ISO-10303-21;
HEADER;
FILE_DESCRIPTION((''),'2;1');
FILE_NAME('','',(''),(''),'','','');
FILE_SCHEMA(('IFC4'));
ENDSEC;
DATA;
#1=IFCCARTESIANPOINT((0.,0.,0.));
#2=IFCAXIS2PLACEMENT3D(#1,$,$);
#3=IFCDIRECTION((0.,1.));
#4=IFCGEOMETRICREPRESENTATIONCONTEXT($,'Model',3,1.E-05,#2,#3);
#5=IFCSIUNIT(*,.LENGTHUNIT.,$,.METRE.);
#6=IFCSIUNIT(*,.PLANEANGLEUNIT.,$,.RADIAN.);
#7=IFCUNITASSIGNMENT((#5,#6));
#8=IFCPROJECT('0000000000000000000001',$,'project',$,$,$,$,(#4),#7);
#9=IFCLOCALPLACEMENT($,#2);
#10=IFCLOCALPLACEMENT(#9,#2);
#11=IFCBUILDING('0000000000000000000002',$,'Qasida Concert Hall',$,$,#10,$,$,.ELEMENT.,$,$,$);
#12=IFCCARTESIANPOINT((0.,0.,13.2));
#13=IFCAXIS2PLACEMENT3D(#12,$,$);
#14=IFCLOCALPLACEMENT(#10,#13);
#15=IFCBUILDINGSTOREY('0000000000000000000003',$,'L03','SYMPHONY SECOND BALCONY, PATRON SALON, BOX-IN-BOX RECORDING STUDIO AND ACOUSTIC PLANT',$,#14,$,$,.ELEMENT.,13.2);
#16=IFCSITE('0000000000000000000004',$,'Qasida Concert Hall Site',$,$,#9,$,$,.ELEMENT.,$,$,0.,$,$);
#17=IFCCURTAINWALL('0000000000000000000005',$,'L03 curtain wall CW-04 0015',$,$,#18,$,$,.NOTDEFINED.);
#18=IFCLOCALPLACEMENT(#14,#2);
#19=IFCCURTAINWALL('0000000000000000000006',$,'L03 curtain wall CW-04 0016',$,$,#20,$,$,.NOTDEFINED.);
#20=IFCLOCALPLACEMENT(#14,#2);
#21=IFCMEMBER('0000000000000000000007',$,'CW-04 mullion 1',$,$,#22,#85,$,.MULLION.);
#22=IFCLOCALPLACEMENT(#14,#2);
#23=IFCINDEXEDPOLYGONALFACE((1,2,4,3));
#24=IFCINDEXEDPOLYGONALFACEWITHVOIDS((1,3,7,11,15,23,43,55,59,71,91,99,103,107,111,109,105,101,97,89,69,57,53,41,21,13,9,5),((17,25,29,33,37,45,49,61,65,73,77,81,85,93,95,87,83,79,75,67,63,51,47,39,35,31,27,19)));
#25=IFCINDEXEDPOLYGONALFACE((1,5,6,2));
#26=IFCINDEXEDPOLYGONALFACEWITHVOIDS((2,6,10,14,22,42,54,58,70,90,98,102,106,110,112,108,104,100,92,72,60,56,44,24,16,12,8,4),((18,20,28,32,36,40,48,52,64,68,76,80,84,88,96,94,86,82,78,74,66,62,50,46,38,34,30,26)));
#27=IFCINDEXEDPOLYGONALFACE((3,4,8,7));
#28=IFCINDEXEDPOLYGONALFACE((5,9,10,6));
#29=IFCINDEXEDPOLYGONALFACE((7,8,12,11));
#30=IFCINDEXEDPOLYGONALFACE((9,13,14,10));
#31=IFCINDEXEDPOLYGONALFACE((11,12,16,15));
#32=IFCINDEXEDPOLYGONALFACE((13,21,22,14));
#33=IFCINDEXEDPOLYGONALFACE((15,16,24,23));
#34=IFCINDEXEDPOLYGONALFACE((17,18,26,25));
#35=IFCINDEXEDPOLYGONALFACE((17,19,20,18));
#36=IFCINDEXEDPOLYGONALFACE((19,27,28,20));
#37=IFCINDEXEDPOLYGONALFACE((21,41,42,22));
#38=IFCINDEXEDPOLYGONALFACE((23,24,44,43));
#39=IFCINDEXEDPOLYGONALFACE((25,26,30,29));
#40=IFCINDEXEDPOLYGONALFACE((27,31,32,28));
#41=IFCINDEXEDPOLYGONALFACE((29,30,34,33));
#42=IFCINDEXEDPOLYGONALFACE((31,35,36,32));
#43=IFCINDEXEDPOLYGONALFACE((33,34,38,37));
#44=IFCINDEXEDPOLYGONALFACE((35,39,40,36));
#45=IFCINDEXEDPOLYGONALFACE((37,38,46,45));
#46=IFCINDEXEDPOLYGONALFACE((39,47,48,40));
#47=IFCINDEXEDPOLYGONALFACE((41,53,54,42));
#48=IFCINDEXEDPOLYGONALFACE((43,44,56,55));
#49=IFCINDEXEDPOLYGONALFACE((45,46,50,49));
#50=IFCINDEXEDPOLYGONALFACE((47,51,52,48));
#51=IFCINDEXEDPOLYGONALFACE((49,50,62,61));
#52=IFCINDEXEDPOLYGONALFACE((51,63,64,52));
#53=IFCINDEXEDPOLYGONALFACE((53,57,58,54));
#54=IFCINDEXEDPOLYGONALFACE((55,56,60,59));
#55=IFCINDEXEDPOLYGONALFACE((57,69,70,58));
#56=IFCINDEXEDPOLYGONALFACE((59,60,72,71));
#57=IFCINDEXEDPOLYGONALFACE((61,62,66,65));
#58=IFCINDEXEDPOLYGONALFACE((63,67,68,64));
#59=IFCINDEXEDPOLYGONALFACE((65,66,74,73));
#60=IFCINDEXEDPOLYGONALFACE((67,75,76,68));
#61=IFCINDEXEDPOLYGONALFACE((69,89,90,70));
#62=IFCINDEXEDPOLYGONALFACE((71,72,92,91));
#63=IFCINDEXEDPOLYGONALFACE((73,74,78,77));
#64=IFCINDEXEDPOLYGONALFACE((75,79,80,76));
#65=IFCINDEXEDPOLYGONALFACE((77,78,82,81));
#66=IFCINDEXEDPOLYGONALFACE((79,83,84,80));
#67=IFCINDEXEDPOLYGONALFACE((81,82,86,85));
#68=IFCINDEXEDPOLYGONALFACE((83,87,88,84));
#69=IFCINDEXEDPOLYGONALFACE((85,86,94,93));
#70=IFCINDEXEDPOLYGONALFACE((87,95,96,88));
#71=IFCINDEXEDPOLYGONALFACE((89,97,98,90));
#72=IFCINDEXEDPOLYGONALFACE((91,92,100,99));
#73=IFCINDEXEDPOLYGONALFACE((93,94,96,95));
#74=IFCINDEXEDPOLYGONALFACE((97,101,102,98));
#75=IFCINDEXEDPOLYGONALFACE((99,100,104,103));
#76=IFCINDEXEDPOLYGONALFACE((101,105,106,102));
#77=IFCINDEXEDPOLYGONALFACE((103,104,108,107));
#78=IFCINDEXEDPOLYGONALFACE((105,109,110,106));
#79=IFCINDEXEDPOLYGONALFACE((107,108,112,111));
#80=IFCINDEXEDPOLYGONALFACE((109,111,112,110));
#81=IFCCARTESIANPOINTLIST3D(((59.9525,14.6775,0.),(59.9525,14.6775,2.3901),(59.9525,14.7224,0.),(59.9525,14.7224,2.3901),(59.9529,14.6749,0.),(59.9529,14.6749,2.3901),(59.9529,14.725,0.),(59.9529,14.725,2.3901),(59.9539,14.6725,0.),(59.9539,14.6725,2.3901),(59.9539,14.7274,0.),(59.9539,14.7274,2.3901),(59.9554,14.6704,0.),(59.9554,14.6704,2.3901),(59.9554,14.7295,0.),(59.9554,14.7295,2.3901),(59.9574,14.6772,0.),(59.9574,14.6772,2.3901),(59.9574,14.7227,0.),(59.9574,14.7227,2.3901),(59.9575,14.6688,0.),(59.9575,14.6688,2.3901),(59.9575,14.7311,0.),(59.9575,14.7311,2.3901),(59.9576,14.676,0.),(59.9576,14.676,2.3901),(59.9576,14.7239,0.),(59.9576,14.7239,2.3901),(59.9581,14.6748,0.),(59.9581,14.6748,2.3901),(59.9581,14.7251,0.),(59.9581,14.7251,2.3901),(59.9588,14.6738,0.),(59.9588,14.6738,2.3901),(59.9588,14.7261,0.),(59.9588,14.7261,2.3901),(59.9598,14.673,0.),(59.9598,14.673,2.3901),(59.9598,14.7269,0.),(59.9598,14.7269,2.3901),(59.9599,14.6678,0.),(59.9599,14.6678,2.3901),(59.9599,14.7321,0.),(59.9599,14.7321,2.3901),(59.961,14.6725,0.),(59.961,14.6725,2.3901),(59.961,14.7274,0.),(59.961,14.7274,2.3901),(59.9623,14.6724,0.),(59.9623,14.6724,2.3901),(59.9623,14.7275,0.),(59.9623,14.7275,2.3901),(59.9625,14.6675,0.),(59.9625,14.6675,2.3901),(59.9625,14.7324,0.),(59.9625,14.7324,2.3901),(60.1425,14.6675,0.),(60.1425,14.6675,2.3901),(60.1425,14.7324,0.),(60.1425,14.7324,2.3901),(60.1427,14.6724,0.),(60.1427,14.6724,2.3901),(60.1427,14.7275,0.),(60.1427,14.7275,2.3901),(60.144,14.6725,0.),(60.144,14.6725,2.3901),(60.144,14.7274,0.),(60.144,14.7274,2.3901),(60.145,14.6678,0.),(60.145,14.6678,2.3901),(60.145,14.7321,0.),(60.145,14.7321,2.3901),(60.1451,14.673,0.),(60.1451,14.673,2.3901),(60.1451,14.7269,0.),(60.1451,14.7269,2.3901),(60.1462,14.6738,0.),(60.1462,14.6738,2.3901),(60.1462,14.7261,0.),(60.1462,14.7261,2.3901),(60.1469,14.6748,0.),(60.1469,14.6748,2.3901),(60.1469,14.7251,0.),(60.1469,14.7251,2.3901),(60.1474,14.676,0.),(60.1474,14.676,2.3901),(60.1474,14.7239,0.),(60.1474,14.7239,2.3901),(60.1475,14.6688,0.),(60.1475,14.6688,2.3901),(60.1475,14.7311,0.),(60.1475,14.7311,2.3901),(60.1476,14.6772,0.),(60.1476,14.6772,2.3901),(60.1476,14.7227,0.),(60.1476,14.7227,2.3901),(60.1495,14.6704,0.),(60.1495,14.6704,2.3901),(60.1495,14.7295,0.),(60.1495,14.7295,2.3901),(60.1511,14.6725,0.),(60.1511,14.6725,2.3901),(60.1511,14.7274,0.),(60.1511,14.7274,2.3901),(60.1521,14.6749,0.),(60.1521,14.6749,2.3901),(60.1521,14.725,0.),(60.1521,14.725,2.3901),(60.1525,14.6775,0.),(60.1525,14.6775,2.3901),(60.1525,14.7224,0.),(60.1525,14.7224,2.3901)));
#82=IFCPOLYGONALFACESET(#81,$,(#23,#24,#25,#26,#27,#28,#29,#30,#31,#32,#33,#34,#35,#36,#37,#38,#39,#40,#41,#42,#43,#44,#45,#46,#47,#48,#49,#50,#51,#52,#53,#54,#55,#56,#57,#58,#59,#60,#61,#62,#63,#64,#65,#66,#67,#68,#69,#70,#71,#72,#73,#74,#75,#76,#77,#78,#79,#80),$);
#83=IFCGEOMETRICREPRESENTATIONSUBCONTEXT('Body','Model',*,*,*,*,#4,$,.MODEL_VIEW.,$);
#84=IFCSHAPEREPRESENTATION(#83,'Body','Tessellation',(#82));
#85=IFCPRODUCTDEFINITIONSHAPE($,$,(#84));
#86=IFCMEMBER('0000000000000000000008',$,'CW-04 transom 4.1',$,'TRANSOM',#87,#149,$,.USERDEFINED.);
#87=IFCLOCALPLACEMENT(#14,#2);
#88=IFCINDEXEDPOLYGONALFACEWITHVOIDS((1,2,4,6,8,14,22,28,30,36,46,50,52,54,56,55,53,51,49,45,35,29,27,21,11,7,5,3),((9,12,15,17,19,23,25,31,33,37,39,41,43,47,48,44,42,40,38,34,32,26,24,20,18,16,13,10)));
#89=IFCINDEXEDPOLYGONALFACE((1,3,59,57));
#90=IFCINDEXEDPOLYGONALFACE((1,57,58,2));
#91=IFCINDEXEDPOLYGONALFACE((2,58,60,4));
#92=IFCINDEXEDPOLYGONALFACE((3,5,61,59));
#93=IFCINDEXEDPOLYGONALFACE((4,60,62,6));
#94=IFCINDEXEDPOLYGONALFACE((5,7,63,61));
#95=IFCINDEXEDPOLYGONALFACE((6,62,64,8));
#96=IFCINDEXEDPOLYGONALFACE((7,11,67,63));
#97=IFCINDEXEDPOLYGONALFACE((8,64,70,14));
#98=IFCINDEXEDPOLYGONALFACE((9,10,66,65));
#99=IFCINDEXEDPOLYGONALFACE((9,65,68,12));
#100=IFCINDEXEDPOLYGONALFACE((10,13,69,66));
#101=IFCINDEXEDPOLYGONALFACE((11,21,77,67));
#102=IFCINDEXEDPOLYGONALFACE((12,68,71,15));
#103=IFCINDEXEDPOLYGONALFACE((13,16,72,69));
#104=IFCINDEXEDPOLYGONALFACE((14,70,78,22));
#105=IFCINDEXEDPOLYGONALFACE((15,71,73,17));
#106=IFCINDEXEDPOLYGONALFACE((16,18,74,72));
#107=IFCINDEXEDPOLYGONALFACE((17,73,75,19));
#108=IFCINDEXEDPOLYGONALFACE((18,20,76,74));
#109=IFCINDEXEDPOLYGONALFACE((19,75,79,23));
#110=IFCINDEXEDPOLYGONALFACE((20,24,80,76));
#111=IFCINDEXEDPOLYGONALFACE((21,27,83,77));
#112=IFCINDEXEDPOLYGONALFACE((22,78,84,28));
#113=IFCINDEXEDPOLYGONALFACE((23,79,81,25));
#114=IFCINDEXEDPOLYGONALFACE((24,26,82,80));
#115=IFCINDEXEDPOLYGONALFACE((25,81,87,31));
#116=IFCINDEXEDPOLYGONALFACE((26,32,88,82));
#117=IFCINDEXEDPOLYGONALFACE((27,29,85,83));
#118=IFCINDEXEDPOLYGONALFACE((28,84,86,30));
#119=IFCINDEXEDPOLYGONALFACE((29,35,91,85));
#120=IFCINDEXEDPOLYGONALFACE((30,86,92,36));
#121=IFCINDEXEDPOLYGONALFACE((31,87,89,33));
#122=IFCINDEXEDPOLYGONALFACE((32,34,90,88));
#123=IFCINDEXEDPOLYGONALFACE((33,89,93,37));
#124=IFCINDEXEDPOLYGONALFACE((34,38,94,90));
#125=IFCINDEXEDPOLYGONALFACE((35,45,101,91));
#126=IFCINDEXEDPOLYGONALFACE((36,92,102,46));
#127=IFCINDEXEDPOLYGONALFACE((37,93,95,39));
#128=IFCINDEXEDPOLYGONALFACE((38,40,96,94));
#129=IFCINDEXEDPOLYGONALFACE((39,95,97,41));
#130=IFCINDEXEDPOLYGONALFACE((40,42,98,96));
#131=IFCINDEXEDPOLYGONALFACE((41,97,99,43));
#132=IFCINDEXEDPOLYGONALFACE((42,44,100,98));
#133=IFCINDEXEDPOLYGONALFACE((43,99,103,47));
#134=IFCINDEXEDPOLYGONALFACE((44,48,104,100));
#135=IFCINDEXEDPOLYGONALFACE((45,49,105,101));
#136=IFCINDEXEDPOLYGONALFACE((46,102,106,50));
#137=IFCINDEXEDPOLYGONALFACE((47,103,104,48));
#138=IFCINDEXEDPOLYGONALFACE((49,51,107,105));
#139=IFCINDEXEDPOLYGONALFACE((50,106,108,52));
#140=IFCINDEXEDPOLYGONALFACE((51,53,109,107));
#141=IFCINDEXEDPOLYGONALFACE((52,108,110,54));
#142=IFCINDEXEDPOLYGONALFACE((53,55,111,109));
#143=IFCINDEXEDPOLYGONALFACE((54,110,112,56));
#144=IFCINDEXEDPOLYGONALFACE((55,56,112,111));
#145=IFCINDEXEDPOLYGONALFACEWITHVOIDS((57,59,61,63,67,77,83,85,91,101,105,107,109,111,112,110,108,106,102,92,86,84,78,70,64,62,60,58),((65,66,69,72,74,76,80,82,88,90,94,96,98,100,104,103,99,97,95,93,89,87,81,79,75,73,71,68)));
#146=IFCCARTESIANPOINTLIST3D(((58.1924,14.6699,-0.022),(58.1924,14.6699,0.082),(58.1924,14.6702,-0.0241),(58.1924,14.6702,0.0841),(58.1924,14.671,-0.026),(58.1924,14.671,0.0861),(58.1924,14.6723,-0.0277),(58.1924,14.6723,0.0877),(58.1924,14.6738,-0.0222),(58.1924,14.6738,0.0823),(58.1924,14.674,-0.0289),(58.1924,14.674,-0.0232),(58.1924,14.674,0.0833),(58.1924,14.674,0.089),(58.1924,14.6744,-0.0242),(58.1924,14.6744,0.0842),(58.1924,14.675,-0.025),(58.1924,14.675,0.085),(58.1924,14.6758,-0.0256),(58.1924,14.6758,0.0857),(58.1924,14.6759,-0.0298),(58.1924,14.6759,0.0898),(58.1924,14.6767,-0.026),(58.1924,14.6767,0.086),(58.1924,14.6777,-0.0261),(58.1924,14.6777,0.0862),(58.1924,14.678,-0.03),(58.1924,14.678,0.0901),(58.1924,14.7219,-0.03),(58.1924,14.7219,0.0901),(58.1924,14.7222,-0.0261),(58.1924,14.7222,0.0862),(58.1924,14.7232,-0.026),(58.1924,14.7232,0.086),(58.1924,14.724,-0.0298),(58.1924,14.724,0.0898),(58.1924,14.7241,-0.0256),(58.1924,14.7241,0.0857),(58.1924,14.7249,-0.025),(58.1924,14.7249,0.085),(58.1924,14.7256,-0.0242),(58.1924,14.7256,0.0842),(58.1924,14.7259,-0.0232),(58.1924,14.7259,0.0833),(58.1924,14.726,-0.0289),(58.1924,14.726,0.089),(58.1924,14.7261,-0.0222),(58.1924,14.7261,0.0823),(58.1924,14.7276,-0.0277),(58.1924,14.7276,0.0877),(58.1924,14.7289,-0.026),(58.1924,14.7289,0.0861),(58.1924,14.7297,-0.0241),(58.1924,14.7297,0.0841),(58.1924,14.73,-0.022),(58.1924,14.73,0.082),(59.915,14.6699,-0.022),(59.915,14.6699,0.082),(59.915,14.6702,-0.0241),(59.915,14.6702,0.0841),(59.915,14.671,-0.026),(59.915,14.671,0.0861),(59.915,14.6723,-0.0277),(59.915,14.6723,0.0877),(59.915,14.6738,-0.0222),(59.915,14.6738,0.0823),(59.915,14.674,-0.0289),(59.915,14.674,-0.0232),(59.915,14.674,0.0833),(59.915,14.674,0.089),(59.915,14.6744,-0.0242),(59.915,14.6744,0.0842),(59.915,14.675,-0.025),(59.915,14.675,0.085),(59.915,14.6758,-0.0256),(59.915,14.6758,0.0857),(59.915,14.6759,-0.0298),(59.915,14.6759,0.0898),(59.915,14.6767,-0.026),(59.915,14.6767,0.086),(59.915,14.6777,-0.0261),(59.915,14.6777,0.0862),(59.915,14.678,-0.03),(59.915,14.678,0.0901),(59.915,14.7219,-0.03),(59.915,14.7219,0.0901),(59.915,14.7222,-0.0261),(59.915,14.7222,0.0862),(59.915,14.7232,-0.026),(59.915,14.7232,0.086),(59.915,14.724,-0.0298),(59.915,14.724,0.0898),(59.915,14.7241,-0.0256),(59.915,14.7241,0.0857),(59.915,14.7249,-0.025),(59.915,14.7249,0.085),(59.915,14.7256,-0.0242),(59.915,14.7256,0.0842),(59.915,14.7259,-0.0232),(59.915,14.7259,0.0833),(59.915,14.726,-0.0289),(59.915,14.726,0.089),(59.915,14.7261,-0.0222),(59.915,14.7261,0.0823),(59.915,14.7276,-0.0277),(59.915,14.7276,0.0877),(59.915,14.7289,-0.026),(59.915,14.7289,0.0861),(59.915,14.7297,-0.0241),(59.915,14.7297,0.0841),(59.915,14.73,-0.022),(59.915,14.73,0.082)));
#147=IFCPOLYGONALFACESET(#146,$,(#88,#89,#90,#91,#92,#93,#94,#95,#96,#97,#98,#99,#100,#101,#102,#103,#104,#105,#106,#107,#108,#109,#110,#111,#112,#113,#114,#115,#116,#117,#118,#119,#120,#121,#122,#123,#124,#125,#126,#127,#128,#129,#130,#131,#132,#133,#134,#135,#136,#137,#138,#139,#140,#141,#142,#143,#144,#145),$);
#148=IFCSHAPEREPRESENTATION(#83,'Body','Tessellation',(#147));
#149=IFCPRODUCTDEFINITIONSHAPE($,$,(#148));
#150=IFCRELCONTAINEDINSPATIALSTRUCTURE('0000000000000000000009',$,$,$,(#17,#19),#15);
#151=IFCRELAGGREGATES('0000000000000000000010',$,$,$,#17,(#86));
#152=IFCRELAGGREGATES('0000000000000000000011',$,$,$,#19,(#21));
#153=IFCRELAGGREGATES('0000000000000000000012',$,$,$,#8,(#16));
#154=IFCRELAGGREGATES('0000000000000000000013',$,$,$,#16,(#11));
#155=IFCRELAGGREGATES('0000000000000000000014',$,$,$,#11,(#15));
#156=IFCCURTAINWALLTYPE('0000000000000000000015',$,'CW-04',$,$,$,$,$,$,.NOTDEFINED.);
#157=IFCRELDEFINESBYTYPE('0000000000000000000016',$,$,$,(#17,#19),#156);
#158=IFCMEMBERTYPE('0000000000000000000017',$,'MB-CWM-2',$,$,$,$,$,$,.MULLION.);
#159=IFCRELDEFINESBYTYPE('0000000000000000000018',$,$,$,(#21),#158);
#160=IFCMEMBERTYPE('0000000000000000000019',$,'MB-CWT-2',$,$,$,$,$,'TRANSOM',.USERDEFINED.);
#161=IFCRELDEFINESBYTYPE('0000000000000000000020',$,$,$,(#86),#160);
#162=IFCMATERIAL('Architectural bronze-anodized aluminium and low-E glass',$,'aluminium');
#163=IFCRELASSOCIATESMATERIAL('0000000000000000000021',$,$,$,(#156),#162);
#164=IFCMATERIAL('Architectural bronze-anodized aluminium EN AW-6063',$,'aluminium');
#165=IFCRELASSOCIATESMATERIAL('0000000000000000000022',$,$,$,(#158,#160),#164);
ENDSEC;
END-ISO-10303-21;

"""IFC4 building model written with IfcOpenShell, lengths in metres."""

from ifc_helpers import new_model, si_unit, direction, frame, origin, origin_2d, place, context, subcontext, project, spatial, hollow_rectangle, extrude, material, material_profile, profile_set, type_object, element, aggregate, save


model = new_model("IFC4")

# Units and contexts
model_context = context("Model", 3, precision=1e-05, world=origin(), true_north=direction((0.0, 1.0)))
body_context = subcontext(model_context, "Body", "Model", "MODEL_VIEW")
ifc_project = project(units=[si_unit("LENGTHUNIT", "METRE"), si_unit("PLANEANGLEUNIT", "RADIAN")], contexts=[model_context])

# Site, building, storey
site_placement = place(None, origin())
site = spatial("IfcSite", under=ifc_project, at=site_placement, Name="Qasida Concert Hall Site", CompositionType="ELEMENT", RefElevation=0.0)
building_placement = place(site_placement, origin())
building = spatial("IfcBuilding", under=site, at=building_placement, Name="Qasida Concert Hall", CompositionType="ELEMENT")
storey_placement = place(building_placement, frame((0.0, 0.0, 13.2)))
storey = spatial("IfcBuildingStorey", under=building, at=storey_placement, Name="L03", Description="SYMPHONY SECOND BALCONY, PATRON SALON, BOX-IN-BOX RECORDING STUDIO AND ACOUSTIC PLANT", CompositionType="ELEMENT", Elevation=13.2)

# Curtain wall
ifc_material_1 = material(Name="Architectural bronze-anodized aluminium and low-E glass", Category="aluminium")
curtain_wall_type = type_object("IfcCurtainWallType", Name="CW-04", PredefinedType="NOTDEFINED", material=ifc_material_1)
curtain_wall_1_placement = place(storey_placement, origin())
curtain_wall_1 = element("IfcCurtainWall", 1, at=curtain_wall_1_placement, inside=storey, type_object=curtain_wall_type, Name="L03 curtain wall CW-04 0015", PredefinedType="NOTDEFINED")
ifc_material_2 = material(Name="Architectural bronze-anodized aluminium EN AW-6063", Category="aluminium")
ifc_material_profile_1 = material_profile(ifc_material_2, hollow_rectangle(XDim=0.0649, YDim=0.2, WallThickness=0.0049, InnerFilletRadius=0.0049, OuterFilletRadius=0.01, at=origin_2d()), Name="CWM 200x65x5")
ifc_profile_set_1 = profile_set([ifc_material_profile_1], Name="Architectural bronze-anodized aluminium EN AW-6063")
member_type_1 = type_object("IfcMemberType", Name="MB-CWM-2", PredefinedType="MULLION", material=ifc_profile_set_1)

# Curtain wall, member
curtain_wall_2_placement = place(storey_placement, origin())
curtain_wall_2 = element("IfcCurtainWall", 2, at=curtain_wall_2_placement, inside=storey, type_object=curtain_wall_type, Name="L03 curtain wall CW-04 0016", PredefinedType="NOTDEFINED")
member_1_placement = place(storey_placement, frame((60.0525, 14.7, 0.0), z_axis=(0.0, 0.0, 1.0), x_axis=(0.0, 1.0, 0.0)))
member_1 = element("IfcMember", 3, at=member_1_placement, type_object=member_type_1, Name="CW-04 mullion 1", PredefinedType="MULLION", context=body_context, shape_type="SweptSolid", body=[
    extrude(hollow_rectangle(XDim=0.0649, YDim=0.2, WallThickness=0.0049, InnerFilletRadius=0.0049, OuterFilletRadius=0.01, at=origin_2d()), origin(), (0.0, 0.0, 1.0), 2.3901),
])

# Member
ifc_material_profile_2 = material_profile(ifc_material_2, hollow_rectangle(XDim=0.0601, YDim=0.1201, WallThickness=0.0039, InnerFilletRadius=0.0039, OuterFilletRadius=0.0081, at=origin_2d()), Name="CWT 120x60x4")
ifc_profile_set_2 = profile_set([ifc_material_profile_2], Name="Architectural bronze-anodized aluminium EN AW-6063")
member_type_2 = type_object("IfcMemberType", Name="MB-CWT-2", ElementType="TRANSOM", PredefinedType="USERDEFINED", material=ifc_profile_set_2)
member_2_placement = place(storey_placement, frame((58.1924, 14.7, 0.03), z_axis=(1.0, 0.0, 0.0), x_axis=(0.0, 1.0, 0.0)))
member_2 = element("IfcMember", 4, at=member_2_placement, type_object=member_type_2, Name="CW-04 transom 4.1", ObjectType="TRANSOM", PredefinedType="USERDEFINED", context=body_context, shape_type="SweptSolid", body=[
    extrude(hollow_rectangle(XDim=0.0601, YDim=0.1201, WallThickness=0.0039, InnerFilletRadius=0.0039, OuterFilletRadius=0.0081, at=origin_2d()), origin(), (0.0, 0.0, 1.0), 1.7227),
])

aggregate(curtain_wall_1, [member_2])
aggregate(curtain_wall_2, [member_1])

save(model, "model.ifc")
